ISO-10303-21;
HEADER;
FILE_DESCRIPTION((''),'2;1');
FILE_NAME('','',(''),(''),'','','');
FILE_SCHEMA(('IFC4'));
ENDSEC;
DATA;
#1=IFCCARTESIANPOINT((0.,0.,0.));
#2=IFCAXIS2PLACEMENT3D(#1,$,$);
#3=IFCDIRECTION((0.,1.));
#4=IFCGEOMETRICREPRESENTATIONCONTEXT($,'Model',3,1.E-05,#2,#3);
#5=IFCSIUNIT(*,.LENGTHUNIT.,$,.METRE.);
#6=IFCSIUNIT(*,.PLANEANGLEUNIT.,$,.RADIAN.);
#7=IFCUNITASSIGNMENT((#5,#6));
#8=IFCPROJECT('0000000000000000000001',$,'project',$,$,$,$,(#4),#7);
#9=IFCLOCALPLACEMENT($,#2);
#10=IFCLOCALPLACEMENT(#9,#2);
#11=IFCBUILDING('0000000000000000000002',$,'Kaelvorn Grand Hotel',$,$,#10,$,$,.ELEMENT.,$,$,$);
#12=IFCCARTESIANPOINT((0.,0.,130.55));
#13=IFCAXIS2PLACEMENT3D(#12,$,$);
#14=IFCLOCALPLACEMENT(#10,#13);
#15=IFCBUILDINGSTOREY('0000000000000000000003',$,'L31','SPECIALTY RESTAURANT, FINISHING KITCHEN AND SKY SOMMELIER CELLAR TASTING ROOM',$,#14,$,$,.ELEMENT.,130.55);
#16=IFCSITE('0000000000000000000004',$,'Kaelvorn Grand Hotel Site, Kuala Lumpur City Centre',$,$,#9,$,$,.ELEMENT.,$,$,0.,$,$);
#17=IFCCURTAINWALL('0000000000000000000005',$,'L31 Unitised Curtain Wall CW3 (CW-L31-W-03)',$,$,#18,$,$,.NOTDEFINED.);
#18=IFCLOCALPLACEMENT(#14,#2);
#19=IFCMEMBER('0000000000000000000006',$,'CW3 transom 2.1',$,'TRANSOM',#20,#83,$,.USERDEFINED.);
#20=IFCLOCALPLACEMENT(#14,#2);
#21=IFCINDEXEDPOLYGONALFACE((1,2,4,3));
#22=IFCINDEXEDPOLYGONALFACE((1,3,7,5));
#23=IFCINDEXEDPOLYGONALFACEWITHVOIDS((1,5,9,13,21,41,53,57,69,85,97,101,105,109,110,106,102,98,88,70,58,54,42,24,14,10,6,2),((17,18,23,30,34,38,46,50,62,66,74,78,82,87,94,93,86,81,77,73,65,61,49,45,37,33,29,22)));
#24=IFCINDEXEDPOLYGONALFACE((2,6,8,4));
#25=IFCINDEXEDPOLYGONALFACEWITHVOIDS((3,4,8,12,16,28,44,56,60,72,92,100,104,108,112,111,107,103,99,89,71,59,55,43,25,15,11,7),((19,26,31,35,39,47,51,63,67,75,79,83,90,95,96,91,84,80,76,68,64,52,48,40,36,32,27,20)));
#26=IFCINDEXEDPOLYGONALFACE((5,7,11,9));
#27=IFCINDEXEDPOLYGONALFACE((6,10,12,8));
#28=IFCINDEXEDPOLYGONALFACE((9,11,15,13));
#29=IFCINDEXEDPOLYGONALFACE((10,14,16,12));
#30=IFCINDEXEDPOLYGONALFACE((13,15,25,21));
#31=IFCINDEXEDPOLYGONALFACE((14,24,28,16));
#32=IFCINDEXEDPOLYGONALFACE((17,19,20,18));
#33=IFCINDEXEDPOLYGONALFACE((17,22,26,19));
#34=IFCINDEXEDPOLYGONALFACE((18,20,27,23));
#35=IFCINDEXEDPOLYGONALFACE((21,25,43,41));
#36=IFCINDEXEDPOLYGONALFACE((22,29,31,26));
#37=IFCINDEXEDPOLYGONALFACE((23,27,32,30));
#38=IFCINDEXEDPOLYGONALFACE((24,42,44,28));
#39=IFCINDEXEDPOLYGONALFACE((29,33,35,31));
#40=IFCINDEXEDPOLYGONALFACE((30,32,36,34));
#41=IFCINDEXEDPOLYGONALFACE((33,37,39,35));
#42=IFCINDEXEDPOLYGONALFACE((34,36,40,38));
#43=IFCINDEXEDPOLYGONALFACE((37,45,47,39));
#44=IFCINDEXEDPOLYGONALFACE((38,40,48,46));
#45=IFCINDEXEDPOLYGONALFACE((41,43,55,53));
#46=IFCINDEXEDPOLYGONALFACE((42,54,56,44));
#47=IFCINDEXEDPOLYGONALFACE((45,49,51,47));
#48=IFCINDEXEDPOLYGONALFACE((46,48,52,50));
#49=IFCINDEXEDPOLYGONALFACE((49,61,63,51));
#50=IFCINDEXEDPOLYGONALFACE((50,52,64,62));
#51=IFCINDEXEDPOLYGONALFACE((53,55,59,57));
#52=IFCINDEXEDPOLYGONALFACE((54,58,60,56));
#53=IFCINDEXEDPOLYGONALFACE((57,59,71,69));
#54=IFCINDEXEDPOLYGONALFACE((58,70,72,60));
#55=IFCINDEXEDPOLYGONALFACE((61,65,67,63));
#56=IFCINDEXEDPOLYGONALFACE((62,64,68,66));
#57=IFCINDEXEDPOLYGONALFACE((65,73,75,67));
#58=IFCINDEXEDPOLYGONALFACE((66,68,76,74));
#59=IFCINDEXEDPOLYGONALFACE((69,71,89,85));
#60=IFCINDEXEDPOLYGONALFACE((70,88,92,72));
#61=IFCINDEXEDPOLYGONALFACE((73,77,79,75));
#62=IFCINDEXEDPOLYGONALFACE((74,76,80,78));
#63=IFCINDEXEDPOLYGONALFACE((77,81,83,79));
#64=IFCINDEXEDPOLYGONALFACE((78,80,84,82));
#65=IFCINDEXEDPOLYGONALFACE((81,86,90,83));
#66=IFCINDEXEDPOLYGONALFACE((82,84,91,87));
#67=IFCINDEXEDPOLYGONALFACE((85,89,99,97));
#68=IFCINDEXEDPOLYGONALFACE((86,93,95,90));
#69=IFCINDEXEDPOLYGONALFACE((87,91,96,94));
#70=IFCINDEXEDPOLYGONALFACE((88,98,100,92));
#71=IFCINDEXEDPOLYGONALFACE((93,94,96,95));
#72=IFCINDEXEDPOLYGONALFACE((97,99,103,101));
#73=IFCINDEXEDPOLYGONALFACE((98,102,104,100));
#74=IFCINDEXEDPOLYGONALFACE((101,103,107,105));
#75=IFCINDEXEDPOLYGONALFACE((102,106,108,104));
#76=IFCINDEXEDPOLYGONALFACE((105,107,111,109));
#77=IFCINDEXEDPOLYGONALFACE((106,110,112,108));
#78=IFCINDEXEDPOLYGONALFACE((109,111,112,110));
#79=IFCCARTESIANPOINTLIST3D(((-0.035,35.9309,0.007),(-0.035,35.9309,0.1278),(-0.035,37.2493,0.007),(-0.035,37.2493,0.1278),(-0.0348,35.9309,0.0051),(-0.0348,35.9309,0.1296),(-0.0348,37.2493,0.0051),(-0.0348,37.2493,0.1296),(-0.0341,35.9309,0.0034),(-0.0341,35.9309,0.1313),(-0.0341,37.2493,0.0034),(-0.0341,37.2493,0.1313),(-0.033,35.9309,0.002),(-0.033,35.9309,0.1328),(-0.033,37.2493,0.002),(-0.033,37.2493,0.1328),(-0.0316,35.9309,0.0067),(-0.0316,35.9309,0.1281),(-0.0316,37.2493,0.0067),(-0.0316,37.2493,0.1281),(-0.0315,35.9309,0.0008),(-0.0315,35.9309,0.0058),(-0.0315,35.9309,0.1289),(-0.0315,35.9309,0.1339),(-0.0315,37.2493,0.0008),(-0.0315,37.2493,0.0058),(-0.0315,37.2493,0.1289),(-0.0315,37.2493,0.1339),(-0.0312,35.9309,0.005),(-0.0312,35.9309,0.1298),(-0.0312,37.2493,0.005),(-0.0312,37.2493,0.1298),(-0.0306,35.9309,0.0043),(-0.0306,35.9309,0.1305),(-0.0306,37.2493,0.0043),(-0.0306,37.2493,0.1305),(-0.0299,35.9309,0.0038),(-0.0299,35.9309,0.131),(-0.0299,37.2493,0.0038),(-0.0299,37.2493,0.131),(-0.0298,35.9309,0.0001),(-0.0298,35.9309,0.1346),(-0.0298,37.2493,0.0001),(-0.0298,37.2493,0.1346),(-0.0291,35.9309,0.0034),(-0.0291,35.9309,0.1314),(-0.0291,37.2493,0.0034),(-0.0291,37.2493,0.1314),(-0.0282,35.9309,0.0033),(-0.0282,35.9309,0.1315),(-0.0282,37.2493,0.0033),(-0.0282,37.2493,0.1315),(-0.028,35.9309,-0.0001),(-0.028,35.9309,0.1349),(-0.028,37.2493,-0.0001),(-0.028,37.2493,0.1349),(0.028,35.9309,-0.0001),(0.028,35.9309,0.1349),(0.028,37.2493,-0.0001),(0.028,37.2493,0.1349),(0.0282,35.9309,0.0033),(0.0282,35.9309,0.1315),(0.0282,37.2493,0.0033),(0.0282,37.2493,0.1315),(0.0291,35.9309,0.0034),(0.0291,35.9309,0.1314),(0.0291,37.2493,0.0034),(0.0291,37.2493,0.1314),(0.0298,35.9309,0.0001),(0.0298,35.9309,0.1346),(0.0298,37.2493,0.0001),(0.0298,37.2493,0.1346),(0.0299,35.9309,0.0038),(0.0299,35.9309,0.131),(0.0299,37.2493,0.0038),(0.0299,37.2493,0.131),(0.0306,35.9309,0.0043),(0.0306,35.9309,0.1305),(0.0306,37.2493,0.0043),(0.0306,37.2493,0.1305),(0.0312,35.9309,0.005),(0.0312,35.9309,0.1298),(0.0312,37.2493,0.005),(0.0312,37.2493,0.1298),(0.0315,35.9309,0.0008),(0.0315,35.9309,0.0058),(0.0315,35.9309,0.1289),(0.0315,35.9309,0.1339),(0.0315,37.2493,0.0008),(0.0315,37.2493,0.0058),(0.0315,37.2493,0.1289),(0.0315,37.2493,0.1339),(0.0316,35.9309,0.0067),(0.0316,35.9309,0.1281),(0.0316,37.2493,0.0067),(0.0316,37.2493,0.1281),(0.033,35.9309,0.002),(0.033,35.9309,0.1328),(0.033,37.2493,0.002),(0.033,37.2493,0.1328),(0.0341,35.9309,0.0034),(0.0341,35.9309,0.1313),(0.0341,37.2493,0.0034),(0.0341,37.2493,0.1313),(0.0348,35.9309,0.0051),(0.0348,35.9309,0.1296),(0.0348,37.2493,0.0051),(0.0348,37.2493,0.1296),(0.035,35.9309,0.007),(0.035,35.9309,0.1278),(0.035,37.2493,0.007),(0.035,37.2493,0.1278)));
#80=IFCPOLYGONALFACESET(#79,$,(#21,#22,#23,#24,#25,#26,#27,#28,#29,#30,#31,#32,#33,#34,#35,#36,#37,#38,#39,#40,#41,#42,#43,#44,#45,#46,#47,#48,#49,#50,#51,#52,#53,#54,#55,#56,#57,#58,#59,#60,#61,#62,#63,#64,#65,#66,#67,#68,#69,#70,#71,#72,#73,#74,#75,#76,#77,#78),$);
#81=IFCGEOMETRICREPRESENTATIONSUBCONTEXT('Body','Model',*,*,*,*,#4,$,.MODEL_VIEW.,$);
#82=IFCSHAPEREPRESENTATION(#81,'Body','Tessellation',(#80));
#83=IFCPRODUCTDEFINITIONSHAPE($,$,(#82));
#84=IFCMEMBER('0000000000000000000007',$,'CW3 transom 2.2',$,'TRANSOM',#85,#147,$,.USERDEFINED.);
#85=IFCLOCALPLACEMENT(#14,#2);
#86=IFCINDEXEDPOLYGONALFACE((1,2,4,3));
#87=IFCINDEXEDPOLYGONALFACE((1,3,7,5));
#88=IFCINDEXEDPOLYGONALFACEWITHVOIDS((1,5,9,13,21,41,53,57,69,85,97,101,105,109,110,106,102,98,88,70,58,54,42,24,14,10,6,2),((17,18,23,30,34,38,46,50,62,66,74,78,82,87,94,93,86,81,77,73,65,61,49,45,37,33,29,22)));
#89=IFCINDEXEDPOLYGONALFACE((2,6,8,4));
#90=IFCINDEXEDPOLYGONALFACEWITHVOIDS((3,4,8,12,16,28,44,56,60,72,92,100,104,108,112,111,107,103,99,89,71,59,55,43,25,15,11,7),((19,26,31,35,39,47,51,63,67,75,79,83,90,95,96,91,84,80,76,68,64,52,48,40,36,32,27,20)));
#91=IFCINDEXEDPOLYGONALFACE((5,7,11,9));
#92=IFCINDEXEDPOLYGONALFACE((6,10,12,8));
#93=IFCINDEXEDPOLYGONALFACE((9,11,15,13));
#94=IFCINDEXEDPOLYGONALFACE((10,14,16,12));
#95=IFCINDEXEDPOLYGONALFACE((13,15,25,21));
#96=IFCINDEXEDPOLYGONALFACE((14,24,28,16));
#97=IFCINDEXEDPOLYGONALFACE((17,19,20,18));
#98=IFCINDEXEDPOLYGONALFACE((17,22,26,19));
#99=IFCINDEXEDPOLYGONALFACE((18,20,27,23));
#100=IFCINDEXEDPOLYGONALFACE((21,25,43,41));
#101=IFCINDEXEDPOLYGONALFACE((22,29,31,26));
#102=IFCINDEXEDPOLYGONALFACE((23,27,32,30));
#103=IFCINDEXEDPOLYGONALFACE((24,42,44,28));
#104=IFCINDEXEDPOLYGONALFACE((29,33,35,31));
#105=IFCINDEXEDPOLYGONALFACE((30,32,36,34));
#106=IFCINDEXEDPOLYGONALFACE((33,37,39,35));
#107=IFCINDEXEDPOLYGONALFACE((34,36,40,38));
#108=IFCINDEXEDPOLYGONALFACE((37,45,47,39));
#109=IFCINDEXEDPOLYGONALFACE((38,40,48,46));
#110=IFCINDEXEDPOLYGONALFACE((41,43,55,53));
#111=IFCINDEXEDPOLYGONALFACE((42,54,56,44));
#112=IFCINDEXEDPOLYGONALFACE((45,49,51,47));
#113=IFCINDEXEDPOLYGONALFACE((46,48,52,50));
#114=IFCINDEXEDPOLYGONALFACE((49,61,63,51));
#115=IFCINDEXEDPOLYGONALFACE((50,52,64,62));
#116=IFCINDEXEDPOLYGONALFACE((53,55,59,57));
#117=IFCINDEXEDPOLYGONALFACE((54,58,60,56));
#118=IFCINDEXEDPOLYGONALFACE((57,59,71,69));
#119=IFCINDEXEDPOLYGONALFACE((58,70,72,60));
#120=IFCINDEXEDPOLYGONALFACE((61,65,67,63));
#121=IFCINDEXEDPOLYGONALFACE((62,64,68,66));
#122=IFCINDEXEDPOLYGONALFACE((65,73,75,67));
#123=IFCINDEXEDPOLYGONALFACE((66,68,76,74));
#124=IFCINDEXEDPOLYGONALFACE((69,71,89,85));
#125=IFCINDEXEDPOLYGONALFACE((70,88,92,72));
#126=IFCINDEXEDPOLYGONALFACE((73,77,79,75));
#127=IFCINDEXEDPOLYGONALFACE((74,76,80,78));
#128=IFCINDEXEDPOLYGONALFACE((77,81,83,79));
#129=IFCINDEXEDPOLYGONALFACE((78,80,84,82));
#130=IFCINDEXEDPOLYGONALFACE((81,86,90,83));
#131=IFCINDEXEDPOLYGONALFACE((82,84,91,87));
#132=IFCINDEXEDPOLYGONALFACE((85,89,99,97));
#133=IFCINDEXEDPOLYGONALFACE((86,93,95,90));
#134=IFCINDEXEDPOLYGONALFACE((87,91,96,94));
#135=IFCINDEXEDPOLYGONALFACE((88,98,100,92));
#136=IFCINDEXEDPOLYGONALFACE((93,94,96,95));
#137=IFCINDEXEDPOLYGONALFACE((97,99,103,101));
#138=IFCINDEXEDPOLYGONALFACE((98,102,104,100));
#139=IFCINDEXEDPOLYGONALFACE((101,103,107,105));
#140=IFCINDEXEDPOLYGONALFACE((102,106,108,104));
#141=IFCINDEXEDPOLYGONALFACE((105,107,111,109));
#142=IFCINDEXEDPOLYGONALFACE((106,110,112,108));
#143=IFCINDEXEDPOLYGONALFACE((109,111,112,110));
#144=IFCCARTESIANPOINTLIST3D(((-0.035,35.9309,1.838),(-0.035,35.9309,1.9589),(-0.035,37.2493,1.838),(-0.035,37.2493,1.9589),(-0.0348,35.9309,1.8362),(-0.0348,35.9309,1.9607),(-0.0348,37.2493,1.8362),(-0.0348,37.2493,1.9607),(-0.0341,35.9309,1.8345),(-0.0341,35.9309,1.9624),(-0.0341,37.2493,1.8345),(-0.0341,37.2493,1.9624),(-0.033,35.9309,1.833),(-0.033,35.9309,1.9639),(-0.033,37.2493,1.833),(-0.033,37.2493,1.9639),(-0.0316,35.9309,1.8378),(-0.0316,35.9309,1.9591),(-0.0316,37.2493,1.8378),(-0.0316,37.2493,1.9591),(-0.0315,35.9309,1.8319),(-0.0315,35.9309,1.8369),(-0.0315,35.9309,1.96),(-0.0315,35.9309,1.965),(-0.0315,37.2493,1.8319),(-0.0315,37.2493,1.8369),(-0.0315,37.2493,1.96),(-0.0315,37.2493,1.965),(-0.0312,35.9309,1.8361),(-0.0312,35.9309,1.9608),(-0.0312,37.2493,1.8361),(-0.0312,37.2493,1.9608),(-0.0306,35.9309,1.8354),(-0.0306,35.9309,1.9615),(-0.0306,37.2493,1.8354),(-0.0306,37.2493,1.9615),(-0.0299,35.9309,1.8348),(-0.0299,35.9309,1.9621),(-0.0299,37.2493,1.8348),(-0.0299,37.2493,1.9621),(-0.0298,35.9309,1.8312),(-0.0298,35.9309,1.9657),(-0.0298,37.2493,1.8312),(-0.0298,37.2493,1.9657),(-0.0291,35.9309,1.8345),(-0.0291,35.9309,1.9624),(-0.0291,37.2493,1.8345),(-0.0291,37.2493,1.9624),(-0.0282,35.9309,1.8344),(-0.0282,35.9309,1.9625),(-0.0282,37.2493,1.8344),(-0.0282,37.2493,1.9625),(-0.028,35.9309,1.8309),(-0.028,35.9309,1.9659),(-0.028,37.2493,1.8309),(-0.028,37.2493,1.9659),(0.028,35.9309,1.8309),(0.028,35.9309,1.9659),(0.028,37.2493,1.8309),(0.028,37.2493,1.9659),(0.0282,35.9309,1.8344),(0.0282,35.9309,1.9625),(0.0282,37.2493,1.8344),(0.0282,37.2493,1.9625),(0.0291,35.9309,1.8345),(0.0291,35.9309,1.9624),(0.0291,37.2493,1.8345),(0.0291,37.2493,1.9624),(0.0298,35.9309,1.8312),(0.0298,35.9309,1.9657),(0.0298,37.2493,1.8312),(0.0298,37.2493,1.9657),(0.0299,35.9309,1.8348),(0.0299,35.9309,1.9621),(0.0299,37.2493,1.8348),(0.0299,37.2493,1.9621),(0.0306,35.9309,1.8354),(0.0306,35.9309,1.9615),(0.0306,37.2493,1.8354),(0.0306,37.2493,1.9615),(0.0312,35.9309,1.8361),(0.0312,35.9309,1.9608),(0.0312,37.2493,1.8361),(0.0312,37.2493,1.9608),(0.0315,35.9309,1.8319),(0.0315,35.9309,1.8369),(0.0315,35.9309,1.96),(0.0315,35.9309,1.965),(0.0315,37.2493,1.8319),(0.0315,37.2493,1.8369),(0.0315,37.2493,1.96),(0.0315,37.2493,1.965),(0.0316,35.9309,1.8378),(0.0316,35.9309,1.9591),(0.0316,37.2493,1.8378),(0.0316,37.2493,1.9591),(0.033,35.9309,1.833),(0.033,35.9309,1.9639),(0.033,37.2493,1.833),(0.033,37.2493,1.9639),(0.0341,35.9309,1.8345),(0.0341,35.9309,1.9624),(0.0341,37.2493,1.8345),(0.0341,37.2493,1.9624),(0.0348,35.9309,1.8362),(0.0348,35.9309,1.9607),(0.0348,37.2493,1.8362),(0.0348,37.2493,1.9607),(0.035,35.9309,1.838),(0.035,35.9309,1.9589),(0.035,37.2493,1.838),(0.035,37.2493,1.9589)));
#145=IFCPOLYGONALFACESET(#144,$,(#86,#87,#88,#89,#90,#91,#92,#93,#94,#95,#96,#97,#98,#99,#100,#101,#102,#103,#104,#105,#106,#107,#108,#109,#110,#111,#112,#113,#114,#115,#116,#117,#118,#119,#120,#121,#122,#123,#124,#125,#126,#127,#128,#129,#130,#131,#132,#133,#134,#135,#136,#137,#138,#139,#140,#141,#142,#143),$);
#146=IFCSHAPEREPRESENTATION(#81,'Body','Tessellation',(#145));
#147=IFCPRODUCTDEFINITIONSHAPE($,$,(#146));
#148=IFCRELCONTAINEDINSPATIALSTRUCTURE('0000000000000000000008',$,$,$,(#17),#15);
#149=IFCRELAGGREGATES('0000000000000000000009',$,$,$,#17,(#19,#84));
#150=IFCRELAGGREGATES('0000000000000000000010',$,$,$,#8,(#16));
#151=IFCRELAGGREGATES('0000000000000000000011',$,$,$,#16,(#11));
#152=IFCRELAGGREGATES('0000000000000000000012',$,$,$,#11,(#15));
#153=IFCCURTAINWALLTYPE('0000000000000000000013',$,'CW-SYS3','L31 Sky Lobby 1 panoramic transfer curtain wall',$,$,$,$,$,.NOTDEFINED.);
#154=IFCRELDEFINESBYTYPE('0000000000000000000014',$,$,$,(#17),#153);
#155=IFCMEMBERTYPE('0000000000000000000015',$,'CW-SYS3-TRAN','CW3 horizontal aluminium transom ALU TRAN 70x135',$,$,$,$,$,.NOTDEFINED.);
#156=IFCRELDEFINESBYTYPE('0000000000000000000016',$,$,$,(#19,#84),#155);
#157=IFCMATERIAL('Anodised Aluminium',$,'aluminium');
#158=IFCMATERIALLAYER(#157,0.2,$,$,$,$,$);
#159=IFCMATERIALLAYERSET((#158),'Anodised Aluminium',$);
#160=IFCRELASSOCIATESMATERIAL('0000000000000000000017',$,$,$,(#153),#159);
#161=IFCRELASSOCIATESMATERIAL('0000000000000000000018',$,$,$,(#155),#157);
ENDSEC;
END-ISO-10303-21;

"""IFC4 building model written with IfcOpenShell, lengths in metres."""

from ifc_helpers import new_model, si_unit, direction, frame, origin, origin_2d, place, context, subcontext, project, spatial, hollow_rectangle, extrude, material, layer, layer_set, material_profile, profile_set, type_object, element, aggregate, save


model = new_model("IFC4")

# Units and contexts
model_context = context("Model", 3, precision=1e-05, world=origin(), true_north=direction((0.0, 1.0)))
body_context = subcontext(model_context, "Body", "Model", "MODEL_VIEW")
ifc_project = project(units=[si_unit("LENGTHUNIT", "METRE"), si_unit("PLANEANGLEUNIT", "RADIAN")], contexts=[model_context])

# Site, building, storey
site_placement = place(None, origin())
site = spatial("IfcSite", under=ifc_project, at=site_placement, Name="Kaelvorn Grand Hotel Site, Kuala Lumpur City Centre", CompositionType="ELEMENT", RefElevation=0.0)
building_placement = place(site_placement, origin())
building = spatial("IfcBuilding", under=site, at=building_placement, Name="Kaelvorn Grand Hotel", CompositionType="ELEMENT")
storey_placement = place(building_placement, frame((0.0, 0.0, 130.55)))
storey = spatial("IfcBuildingStorey", under=building, at=storey_placement, Name="L31", Description="SPECIALTY RESTAURANT, FINISHING KITCHEN AND SKY SOMMELIER CELLAR TASTING ROOM", CompositionType="ELEMENT", Elevation=130.55)

# Shared definitions
ifc_material_1 = material(Name="Anodised Aluminium", Category="aluminium")
ifc_layer_1 = layer(ifc_material_1, 0.2)
ifc_layer_set_1 = layer_set([ifc_layer_1], Name="Anodised Aluminium")
curtain_wall_type = type_object("IfcCurtainWallType", Name="CW-SYS3", Description="L31 Sky Lobby 1 panoramic transfer curtain wall", PredefinedType="NOTDEFINED", material=ifc_layer_set_1)

# Curtain wall
curtain_wall_1_placement = place(storey_placement, origin())
curtain_wall_1 = element("IfcCurtainWall", 1, at=curtain_wall_1_placement, inside=storey, type_object=curtain_wall_type, Name="L31 Unitised Curtain Wall CW3 (CW-L31-W-03)", PredefinedType="NOTDEFINED")

# Members
ifc_material_profile_1 = material_profile(ifc_material_1, hollow_rectangle(XDim=0.0701, YDim=0.135, WallThickness=0.0034, InnerFilletRadius=0.0034, OuterFilletRadius=0.0071, at=origin_2d()), Name="ALU TRAN 70x135")
ifc_profile_set_1 = profile_set([ifc_material_profile_1], Name="Anodised Aluminium")
member_type_1 = type_object("IfcMemberType", Name="CW-SYS3-TRAN", Description="CW3 horizontal aluminium transom ALU TRAN 70x135", PredefinedType="NOTDEFINED", material=ifc_profile_set_1)
member_1_placement = place(storey_placement, frame((0.0, 37.2493, 0.0674), z_axis=(0.0, -1.0, 0.0), x_axis=(1.0, 0.0, 0.0)))
member_1 = element("IfcMember", 2, at=member_1_placement, type_object=member_type_1, Name="CW3 transom 2.1", ObjectType="TRANSOM", PredefinedType="USERDEFINED", context=body_context, shape_type="SweptSolid", body=[
    extrude(hollow_rectangle(XDim=0.0701, YDim=0.135, WallThickness=0.0034, InnerFilletRadius=0.0034, OuterFilletRadius=0.0071, at=origin_2d()), origin(), (0.0, 0.0, 1.0), 1.3184),
])
member_2_placement = place(storey_placement, frame((0.0, 37.2493, 1.8984), z_axis=(0.0, -1.0, 0.0), x_axis=(1.0, 0.0, 0.0)))
member_2 = element("IfcMember", 3, at=member_2_placement, type_object=member_type_1, Name="CW3 transom 2.2", ObjectType="TRANSOM", PredefinedType="USERDEFINED", context=body_context, shape_type="SweptSolid", body=[
    extrude(hollow_rectangle(XDim=0.0701, YDim=0.135, WallThickness=0.0034, InnerFilletRadius=0.0034, OuterFilletRadius=0.0071, at=origin_2d()), origin(), (0.0, 0.0, 1.0), 1.3184),
])

aggregate(curtain_wall_1, [member_1, member_2])

save(model, "model.ifc")
